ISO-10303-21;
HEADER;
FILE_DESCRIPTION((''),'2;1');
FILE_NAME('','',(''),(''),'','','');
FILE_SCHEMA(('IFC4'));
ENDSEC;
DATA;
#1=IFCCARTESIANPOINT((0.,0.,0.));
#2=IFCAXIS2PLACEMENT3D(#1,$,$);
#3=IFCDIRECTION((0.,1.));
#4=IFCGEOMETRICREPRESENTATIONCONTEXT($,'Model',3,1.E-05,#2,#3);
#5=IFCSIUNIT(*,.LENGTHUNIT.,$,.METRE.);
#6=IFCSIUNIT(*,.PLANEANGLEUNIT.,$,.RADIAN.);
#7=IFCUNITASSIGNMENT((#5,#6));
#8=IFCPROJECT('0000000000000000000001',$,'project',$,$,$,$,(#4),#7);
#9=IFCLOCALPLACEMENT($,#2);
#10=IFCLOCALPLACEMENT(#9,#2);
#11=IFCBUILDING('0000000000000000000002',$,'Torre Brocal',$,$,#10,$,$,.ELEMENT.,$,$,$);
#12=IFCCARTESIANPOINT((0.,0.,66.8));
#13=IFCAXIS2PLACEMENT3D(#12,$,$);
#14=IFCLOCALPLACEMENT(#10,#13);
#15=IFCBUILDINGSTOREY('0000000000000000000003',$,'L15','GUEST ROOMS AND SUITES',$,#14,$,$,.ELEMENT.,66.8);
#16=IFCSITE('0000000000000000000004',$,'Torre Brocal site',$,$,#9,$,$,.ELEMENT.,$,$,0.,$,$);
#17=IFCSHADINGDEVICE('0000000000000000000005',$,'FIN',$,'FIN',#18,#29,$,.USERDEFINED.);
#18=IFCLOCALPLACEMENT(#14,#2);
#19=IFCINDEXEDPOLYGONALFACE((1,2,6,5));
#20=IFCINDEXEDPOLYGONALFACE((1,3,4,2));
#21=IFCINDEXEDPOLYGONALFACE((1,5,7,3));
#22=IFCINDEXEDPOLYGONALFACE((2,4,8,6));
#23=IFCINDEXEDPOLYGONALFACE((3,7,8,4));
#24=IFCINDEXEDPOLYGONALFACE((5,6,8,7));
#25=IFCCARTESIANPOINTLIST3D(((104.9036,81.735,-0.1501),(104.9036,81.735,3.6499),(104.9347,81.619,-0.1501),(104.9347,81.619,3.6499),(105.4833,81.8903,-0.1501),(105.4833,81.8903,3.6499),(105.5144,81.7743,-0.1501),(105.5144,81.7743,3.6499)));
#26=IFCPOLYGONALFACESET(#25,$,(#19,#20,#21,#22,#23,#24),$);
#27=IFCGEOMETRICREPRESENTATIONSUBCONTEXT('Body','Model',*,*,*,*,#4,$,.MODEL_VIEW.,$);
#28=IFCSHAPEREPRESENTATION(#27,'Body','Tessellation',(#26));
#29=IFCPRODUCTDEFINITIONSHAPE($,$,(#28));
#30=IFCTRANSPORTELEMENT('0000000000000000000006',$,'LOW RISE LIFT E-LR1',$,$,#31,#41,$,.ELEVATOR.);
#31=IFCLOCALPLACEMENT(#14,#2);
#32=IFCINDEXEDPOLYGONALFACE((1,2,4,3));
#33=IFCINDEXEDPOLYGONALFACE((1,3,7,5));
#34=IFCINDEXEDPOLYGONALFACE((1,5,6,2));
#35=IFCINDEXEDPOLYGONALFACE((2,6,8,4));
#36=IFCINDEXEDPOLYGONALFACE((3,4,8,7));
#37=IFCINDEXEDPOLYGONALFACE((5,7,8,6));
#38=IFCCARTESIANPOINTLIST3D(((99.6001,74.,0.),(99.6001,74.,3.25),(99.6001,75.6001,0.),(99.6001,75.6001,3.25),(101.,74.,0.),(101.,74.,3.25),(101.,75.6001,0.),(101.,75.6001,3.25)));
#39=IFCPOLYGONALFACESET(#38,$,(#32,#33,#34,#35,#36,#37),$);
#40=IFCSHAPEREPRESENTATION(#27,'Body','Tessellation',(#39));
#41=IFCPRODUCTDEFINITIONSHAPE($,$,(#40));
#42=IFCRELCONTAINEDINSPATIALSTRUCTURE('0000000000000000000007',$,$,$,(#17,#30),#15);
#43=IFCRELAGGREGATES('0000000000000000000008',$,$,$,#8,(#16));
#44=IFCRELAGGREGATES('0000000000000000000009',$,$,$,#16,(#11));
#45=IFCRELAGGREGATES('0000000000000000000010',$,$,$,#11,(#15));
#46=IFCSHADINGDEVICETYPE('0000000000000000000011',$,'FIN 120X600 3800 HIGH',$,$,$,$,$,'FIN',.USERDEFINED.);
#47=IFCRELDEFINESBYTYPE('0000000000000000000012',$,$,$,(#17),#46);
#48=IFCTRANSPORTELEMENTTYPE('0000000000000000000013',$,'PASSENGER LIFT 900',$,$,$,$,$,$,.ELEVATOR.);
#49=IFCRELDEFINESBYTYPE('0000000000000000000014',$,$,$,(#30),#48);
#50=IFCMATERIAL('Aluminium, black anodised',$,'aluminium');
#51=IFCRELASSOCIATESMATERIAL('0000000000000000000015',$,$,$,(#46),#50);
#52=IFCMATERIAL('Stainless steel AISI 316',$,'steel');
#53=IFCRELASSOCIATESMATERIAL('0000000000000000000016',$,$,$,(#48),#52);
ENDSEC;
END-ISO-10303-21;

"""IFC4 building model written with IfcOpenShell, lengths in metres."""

from ifc_helpers import new_model, si_unit, direction, frame, origin, origin_2d, place, context, subcontext, project, spatial, rectangle, extrude, material, material_profile, profile_set, type_object, element, save


model = new_model("IFC4")

# Units and contexts
model_context = context("Model", 3, precision=1e-05, world=origin(), true_north=direction((0.0, 1.0)))
body_context = subcontext(model_context, "Body", "Model", "MODEL_VIEW")
ifc_project = project(units=[si_unit("LENGTHUNIT", "METRE"), si_unit("PLANEANGLEUNIT", "RADIAN")], contexts=[model_context])

# Site, building, storey
site_placement = place(None, origin())
site = spatial("IfcSite", under=ifc_project, at=site_placement, Name="Torre Brocal site", CompositionType="ELEMENT", RefElevation=0.0)
building_placement = place(site_placement, origin())
building = spatial("IfcBuilding", under=site, at=building_placement, Name="Torre Brocal", CompositionType="ELEMENT")
storey_placement = place(building_placement, frame((0.0, 0.0, 66.8)))
storey = spatial("IfcBuildingStorey", under=building, at=storey_placement, Name="L15", Description="GUEST ROOMS AND SUITES", CompositionType="ELEMENT", Elevation=66.8)

# Shading device
ifc_material_1 = material(Name="Aluminium, black anodised", Category="aluminium")
ifc_material_profile_1 = material_profile(ifc_material_1, rectangle(XDim=0.1201, YDim=0.6001, at=origin_2d()), Name="FIN 120X600 3800 HIGH")
ifc_profile_set_1 = profile_set([ifc_material_profile_1], Name="Aluminium, black anodised")
shading_device_type = type_object("IfcShadingDeviceType", Name="FIN 120X600 3800 HIGH", ElementType="FIN", PredefinedType="USERDEFINED", material=ifc_profile_set_1)
shading_device_placement = place(storey_placement, frame((105.209, 81.7546, -0.1501), z_axis=(0.0, 0.0, 1.0), x_axis=(-0.258819, 0.965926, 0.0)))
element("IfcShadingDevice", 1, at=shading_device_placement, inside=storey, type_object=shading_device_type, Name="FIN", ObjectType="FIN", PredefinedType="USERDEFINED", context=body_context, shape_type="SweptSolid", body=[
    extrude(rectangle(XDim=0.1201, YDim=0.6001, at=origin_2d()), origin(), (0.0, 0.0, 1.0), 3.8),
])

# Transport element
ifc_material_2 = material(Name="Stainless steel AISI 316", Category="steel")
transport_element_type = type_object("IfcTransportElementType", Name="PASSENGER LIFT 900", PredefinedType="ELEVATOR", material=ifc_material_2)
transport_element_placement = place(storey_placement, frame((100.3, 74.8, 0.0), z_axis=(0.0, 0.0, 1.0), x_axis=(1.0, 0.0, 0.0)))
element("IfcTransportElement", 2, at=transport_element_placement, inside=storey, type_object=transport_element_type, Name="LOW RISE LIFT E-LR1", PredefinedType="ELEVATOR", context=body_context, shape_type="SweptSolid", body=[
    extrude(rectangle(XDim=1.3999, YDim=1.6001, at=origin_2d()), origin(), (0.0, 0.0, 1.0), 3.25),
])

save(model, "model.ifc")
